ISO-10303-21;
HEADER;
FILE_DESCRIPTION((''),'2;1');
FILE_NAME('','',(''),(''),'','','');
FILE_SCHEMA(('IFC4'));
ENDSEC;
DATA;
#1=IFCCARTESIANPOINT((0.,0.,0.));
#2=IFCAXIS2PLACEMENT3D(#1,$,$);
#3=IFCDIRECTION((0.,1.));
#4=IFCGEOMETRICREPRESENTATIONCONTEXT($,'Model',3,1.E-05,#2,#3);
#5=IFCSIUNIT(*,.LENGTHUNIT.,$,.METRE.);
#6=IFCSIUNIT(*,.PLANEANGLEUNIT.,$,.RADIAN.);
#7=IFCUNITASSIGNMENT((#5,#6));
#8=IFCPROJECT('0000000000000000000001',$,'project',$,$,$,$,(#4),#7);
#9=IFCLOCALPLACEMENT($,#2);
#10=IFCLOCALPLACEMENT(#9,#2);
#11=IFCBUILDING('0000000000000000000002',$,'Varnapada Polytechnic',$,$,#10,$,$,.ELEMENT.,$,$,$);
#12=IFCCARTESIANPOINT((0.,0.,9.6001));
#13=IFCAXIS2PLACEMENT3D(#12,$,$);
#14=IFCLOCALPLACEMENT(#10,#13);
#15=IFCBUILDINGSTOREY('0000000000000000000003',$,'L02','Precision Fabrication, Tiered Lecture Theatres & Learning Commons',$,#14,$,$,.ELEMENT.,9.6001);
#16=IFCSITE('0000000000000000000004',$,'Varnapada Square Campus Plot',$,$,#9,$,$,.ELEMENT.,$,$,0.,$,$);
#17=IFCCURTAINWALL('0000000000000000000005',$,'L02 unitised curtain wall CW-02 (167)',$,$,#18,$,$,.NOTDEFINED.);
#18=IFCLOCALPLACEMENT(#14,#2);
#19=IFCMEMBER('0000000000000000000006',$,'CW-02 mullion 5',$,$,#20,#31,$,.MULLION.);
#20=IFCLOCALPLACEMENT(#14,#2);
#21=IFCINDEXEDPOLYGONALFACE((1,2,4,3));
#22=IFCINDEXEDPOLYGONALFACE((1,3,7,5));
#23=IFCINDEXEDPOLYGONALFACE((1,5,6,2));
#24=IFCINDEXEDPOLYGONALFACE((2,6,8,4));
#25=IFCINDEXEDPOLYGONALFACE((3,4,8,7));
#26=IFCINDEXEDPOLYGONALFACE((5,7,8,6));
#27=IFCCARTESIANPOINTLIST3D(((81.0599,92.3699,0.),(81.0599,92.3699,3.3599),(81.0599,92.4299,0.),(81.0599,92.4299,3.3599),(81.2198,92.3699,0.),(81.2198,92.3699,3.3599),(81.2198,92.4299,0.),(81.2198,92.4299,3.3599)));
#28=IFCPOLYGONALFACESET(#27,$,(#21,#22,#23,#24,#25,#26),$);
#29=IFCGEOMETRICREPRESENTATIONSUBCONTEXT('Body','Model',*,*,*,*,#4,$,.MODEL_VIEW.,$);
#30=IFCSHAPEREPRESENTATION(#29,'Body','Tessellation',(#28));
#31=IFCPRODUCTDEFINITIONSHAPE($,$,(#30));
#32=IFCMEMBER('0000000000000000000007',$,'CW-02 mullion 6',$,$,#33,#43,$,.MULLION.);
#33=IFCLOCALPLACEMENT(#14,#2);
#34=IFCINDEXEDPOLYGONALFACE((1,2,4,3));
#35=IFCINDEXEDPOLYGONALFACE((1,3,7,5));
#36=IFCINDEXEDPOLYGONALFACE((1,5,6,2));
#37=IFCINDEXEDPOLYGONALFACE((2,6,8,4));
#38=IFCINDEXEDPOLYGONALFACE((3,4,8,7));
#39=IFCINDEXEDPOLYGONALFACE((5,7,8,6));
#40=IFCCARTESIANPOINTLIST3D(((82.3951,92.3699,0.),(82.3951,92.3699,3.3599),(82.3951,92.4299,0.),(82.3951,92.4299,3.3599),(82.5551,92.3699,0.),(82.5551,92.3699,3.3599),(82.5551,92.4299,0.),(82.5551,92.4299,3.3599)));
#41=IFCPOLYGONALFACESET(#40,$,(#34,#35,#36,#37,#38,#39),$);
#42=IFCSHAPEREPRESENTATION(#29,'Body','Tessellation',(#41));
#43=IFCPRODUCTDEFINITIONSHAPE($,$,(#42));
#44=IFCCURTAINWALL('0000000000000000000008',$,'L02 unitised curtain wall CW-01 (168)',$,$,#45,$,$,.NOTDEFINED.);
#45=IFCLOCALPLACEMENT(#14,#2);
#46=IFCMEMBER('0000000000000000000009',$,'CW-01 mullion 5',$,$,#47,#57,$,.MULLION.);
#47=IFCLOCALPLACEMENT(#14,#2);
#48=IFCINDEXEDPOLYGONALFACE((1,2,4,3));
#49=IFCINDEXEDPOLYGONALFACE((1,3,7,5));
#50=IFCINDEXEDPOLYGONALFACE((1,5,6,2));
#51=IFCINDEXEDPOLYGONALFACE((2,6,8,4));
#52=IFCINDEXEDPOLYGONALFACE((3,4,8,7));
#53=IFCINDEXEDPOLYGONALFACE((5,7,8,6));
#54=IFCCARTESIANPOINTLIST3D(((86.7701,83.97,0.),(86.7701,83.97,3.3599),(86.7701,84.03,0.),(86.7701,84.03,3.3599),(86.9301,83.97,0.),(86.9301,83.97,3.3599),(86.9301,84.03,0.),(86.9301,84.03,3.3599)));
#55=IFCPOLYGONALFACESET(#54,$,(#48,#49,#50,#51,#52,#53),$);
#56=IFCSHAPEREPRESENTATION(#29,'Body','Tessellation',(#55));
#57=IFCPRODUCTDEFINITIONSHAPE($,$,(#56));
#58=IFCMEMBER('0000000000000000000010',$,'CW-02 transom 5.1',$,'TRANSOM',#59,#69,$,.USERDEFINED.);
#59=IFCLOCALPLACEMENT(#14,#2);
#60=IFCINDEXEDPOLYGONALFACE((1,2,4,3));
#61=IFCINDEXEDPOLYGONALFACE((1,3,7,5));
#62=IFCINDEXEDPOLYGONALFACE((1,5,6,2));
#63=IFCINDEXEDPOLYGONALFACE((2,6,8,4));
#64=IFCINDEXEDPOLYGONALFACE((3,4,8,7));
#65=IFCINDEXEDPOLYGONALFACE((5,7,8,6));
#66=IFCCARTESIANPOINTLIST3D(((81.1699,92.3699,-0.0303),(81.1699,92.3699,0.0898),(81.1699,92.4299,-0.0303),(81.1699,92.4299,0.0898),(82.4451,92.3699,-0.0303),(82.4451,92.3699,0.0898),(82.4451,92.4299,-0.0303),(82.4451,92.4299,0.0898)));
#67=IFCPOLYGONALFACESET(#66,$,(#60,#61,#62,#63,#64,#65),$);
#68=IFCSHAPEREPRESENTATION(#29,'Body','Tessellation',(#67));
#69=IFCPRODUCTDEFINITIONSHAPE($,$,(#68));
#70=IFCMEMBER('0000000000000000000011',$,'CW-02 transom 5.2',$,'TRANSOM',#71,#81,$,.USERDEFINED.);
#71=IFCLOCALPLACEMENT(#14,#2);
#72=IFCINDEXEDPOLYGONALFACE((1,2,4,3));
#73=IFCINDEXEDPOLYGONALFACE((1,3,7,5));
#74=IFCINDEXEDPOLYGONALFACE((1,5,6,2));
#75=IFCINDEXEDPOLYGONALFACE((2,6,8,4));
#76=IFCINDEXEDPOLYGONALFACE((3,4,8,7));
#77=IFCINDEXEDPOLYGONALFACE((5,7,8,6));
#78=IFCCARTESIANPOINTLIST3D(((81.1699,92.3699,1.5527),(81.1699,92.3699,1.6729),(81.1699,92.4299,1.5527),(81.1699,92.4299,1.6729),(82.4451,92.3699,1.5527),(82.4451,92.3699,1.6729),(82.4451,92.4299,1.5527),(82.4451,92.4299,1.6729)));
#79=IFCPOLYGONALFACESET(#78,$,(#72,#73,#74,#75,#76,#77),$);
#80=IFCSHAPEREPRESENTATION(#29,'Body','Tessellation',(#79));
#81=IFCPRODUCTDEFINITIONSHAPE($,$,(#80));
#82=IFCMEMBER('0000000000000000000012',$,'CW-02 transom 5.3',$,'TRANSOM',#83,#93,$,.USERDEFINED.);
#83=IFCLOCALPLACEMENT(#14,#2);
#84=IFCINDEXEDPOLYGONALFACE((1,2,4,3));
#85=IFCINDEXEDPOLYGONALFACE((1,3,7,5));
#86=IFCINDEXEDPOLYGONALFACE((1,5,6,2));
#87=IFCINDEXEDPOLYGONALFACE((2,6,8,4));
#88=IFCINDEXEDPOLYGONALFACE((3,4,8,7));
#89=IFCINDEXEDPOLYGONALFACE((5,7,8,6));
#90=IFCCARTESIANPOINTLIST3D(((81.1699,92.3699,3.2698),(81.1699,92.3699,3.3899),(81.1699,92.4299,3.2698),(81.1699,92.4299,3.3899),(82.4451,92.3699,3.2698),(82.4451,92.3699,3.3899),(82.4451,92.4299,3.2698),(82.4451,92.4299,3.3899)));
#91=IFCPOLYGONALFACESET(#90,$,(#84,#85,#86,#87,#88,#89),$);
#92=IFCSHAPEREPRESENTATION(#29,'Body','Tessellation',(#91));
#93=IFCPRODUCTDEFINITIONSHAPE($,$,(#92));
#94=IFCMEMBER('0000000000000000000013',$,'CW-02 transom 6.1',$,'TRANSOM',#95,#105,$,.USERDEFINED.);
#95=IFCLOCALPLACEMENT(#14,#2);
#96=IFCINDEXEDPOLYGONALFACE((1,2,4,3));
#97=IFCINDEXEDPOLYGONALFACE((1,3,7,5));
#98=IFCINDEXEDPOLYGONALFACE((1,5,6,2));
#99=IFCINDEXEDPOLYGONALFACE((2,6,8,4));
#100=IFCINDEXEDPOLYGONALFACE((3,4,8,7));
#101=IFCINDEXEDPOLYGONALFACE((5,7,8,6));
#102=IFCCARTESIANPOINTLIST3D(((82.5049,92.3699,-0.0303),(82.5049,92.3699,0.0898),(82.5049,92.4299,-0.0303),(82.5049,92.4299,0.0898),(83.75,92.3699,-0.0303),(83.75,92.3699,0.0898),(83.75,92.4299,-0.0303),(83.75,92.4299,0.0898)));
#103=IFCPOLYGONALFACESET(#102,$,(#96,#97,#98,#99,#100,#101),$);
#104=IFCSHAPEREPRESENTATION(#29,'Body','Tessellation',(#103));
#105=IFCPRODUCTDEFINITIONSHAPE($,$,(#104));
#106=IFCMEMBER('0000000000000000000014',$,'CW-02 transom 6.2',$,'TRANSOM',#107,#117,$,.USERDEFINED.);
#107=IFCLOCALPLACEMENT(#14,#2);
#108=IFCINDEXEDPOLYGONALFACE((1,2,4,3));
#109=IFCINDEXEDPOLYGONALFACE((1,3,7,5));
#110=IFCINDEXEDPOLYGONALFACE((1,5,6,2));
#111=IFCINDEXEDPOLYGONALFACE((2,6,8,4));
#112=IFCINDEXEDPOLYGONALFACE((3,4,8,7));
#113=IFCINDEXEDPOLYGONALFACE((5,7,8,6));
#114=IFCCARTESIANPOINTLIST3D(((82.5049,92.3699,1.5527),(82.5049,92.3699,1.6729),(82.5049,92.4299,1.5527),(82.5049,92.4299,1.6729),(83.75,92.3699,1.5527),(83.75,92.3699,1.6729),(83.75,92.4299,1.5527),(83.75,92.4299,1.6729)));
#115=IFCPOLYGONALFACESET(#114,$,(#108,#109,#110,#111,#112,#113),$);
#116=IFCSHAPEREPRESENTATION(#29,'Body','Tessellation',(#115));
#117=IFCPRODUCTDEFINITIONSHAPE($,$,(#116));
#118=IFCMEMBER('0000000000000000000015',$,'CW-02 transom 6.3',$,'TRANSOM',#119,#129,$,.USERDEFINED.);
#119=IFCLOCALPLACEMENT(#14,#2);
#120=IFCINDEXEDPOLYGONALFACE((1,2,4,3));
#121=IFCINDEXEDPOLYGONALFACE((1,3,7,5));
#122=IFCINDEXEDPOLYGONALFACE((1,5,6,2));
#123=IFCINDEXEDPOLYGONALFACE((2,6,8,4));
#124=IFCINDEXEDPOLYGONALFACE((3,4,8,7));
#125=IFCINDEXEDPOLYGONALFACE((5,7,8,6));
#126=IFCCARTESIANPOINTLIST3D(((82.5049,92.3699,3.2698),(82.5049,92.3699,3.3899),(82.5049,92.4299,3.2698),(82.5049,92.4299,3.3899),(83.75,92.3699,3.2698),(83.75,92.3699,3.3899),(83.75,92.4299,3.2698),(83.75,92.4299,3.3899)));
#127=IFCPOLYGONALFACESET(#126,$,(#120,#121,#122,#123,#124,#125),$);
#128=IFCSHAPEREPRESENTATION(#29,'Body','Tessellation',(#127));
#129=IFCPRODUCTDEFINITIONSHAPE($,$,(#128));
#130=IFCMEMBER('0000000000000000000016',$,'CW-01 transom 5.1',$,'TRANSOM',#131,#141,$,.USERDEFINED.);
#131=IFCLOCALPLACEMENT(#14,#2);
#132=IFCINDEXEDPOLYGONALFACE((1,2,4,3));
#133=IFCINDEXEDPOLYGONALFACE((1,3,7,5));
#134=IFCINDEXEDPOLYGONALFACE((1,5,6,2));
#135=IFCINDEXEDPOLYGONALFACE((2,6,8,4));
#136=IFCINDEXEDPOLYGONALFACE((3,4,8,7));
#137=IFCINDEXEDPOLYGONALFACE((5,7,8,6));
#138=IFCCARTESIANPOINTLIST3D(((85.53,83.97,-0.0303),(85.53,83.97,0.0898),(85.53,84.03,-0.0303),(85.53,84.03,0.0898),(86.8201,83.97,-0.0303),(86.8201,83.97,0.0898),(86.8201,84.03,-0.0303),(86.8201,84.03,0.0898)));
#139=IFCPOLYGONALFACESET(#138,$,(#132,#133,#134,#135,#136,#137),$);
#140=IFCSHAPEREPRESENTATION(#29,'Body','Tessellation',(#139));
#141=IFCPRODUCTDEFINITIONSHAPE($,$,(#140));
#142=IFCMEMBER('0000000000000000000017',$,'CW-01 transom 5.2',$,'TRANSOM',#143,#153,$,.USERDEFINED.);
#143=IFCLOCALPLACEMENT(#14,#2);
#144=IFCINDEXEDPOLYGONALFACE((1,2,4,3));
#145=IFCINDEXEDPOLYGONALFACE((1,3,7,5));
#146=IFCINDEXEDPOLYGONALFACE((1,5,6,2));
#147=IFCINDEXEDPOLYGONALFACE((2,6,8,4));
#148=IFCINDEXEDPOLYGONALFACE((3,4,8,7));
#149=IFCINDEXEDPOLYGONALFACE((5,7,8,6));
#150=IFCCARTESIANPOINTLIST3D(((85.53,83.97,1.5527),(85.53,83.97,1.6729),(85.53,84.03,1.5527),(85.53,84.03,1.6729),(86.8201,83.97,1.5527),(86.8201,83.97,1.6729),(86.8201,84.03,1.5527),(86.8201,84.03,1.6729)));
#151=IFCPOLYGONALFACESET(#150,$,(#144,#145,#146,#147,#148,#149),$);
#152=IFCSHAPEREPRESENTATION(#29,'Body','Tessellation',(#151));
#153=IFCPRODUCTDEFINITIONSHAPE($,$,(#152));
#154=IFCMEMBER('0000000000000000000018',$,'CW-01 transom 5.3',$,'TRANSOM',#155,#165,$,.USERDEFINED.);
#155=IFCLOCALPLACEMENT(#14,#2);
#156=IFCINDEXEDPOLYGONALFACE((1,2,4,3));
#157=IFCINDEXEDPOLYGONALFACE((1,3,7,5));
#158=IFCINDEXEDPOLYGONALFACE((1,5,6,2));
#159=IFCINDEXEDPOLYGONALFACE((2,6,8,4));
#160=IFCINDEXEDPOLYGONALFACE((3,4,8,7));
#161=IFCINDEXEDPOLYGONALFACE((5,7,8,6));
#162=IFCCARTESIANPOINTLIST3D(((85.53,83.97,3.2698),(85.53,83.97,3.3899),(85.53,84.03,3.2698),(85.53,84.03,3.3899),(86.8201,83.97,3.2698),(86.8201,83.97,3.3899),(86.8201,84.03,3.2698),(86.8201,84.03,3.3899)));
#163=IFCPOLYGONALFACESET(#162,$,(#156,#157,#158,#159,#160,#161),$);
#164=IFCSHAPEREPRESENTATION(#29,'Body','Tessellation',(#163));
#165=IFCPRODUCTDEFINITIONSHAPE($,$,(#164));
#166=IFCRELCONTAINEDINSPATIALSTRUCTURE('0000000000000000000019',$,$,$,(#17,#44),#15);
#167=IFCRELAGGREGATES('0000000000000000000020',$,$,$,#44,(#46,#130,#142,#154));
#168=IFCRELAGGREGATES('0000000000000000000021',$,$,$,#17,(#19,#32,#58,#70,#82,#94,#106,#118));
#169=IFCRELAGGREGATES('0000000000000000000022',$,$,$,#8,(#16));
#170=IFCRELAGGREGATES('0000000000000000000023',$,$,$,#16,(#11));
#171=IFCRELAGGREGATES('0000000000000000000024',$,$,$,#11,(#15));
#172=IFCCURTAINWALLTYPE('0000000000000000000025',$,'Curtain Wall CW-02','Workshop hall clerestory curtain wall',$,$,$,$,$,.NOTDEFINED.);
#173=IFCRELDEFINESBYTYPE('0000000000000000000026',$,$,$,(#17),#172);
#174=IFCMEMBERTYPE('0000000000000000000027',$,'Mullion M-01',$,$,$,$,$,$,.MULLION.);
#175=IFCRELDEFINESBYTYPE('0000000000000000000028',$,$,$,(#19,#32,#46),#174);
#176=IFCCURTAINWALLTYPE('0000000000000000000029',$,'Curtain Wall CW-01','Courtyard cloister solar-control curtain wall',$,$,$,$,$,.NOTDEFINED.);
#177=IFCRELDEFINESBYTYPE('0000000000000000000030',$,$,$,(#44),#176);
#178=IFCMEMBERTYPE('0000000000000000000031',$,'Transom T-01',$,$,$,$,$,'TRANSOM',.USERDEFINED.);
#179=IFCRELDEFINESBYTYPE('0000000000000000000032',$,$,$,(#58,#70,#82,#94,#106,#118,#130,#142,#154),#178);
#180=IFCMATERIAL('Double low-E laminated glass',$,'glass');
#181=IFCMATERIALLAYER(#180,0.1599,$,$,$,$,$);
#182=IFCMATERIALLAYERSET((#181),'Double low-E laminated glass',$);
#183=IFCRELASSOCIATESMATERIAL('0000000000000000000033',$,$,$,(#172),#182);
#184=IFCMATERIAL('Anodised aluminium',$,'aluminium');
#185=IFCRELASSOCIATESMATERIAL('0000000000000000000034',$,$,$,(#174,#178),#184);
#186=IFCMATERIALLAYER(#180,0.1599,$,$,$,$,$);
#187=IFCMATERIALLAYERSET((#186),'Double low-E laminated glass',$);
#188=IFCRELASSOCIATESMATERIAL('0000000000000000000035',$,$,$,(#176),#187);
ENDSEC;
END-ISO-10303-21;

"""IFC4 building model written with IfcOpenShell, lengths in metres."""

from ifc_helpers import new_model, si_unit, direction, frame, origin, origin_2d, place, context, subcontext, project, spatial, rectangle, extrude, material, layer, layer_set, material_profile, profile_set, type_object, element, aggregate, save


model = new_model("IFC4")

# Units and contexts
model_context = context("Model", 3, precision=1e-05, world=origin(), true_north=direction((0.0, 1.0)))
body_context = subcontext(model_context, "Body", "Model", "MODEL_VIEW")
ifc_project = project(units=[si_unit("LENGTHUNIT", "METRE"), si_unit("PLANEANGLEUNIT", "RADIAN")], contexts=[model_context])

# Site, building, storey
site_placement = place(None, origin())
site = spatial("IfcSite", under=ifc_project, at=site_placement, Name="Varnapada Square Campus Plot", CompositionType="ELEMENT", RefElevation=0.0)
building_placement = place(site_placement, origin())
building = spatial("IfcBuilding", under=site, at=building_placement, Name="Varnapada Polytechnic", CompositionType="ELEMENT")
storey_placement = place(building_placement, frame((0.0, 0.0, 9.6001)))
storey = spatial("IfcBuildingStorey", under=building, at=storey_placement, Name="L02", Description="Precision Fabrication, Tiered Lecture Theatres & Learning Commons", CompositionType="ELEMENT", Elevation=9.6001)

# Curtain wall, members
ifc_material_1 = material(Name="Double low-E laminated glass", Category="glass")
ifc_layer_1 = layer(ifc_material_1, 0.1599)
ifc_layer_set_1 = layer_set([ifc_layer_1], Name="Double low-E laminated glass")
curtain_wall_type_1 = type_object("IfcCurtainWallType", Name="Curtain Wall CW-02", Description="Workshop hall clerestory curtain wall", PredefinedType="NOTDEFINED", material=ifc_layer_set_1)
curtain_wall_1_placement = place(storey_placement, origin())
curtain_wall_1 = element("IfcCurtainWall", 1, at=curtain_wall_1_placement, inside=storey, type_object=curtain_wall_type_1, Name="L02 unitised curtain wall CW-02 (167)", PredefinedType="NOTDEFINED")
ifc_material_2 = material(Name="Anodised aluminium", Category="aluminium")
ifc_material_profile_1 = material_profile(ifc_material_2, rectangle(XDim=0.0601, YDim=0.1599, at=origin_2d()), Name="ALU M60x160")
ifc_profile_set_1 = profile_set([ifc_material_profile_1], Name="Anodised aluminium")
member_type_1 = type_object("IfcMemberType", Name="Mullion M-01", PredefinedType="MULLION", material=ifc_profile_set_1)
member_1_placement = place(storey_placement, frame((81.1399, 92.3999, 0.0), z_axis=(0.0, 0.0, 1.0), x_axis=(0.0, 1.0, 0.0)))
member_1 = element("IfcMember", 2, at=member_1_placement, type_object=member_type_1, Name="CW-02 mullion 5", PredefinedType="MULLION", context=body_context, shape_type="SweptSolid", body=[
    extrude(rectangle(XDim=0.0601, YDim=0.1599, at=origin_2d()), origin(), (0.0, 0.0, 1.0), 3.3599),
])
member_2_placement = place(storey_placement, frame((82.4751, 92.3999, 0.0), z_axis=(0.0, 0.0, 1.0), x_axis=(0.0, 1.0, 0.0)))
member_2 = element("IfcMember", 3, at=member_2_placement, type_object=member_type_1, Name="CW-02 mullion 6", PredefinedType="MULLION", context=body_context, shape_type="SweptSolid", body=[
    extrude(rectangle(XDim=0.0601, YDim=0.1599, at=origin_2d()), origin(), (0.0, 0.0, 1.0), 3.3599),
])

# Curtain wall, member
ifc_layer_2 = layer(ifc_material_1, 0.1599)
ifc_layer_set_2 = layer_set([ifc_layer_2], Name="Double low-E laminated glass")
curtain_wall_type_2 = type_object("IfcCurtainWallType", Name="Curtain Wall CW-01", Description="Courtyard cloister solar-control curtain wall", PredefinedType="NOTDEFINED", material=ifc_layer_set_2)
curtain_wall_2_placement = place(storey_placement, origin())
curtain_wall_2 = element("IfcCurtainWall", 4, at=curtain_wall_2_placement, inside=storey, type_object=curtain_wall_type_2, Name="L02 unitised curtain wall CW-01 (168)", PredefinedType="NOTDEFINED")
member_3_placement = place(storey_placement, frame((86.8501, 84.0, 0.0), z_axis=(0.0, 0.0, 1.0), x_axis=(0.0, -1.0, 0.0)))
member_3 = element("IfcMember", 5, at=member_3_placement, type_object=member_type_1, Name="CW-01 mullion 5", PredefinedType="MULLION", context=body_context, shape_type="SweptSolid", body=[
    extrude(rectangle(XDim=0.0601, YDim=0.1599, at=origin_2d()), origin(), (0.0, 0.0, 1.0), 3.3599),
])

# Members
ifc_material_profile_2 = material_profile(ifc_material_2, rectangle(XDim=0.0601, YDim=0.1201, at=origin_2d()), Name="ALU T60x120")
ifc_profile_set_2 = profile_set([ifc_material_profile_2], Name="Anodised aluminium")
member_type_2 = type_object("IfcMemberType", Name="Transom T-01", ElementType="TRANSOM", PredefinedType="USERDEFINED", material=ifc_profile_set_2)
member_4_placement = place(storey_placement, frame((81.1699, 92.3999, 0.0298), z_axis=(1.0, 0.0, 0.0), x_axis=(0.0, 1.0, 0.0)))
member_4 = element("IfcMember", 6, at=member_4_placement, type_object=member_type_2, Name="CW-02 transom 5.1", ObjectType="TRANSOM", PredefinedType="USERDEFINED", context=body_context, shape_type="SweptSolid", body=[
    extrude(rectangle(XDim=0.0601, YDim=0.1201, at=origin_2d()), origin(), (0.0, 0.0, 1.0), 1.2751),
])
member_5_placement = place(storey_placement, frame((81.1699, 92.3999, 1.6128), z_axis=(1.0, 0.0, 0.0), x_axis=(0.0, 1.0, 0.0)))
member_5 = element("IfcMember", 7, at=member_5_placement, type_object=member_type_2, Name="CW-02 transom 5.2", ObjectType="TRANSOM", PredefinedType="USERDEFINED", context=body_context, shape_type="SweptSolid", body=[
    extrude(rectangle(XDim=0.0601, YDim=0.1201, at=origin_2d()), origin(), (0.0, 0.0, 1.0), 1.2751),
])
member_6_placement = place(storey_placement, frame((81.1699, 92.3999, 3.3298), z_axis=(1.0, 0.0, 0.0), x_axis=(0.0, 1.0, 0.0)))
member_6 = element("IfcMember", 8, at=member_6_placement, type_object=member_type_2, Name="CW-02 transom 5.3", ObjectType="TRANSOM", PredefinedType="USERDEFINED", context=body_context, shape_type="SweptSolid", body=[
    extrude(rectangle(XDim=0.0601, YDim=0.1201, at=origin_2d()), origin(), (0.0, 0.0, 1.0), 1.2751),
])
member_7_placement = place(storey_placement, frame((82.5049, 92.3999, 0.0298), z_axis=(1.0, 0.0, 0.0), x_axis=(0.0, 1.0, 0.0)))
member_7 = element("IfcMember", 9, at=member_7_placement, type_object=member_type_2, Name="CW-02 transom 6.1", ObjectType="TRANSOM", PredefinedType="USERDEFINED", context=body_context, shape_type="SweptSolid", body=[
    extrude(rectangle(XDim=0.0601, YDim=0.1201, at=origin_2d()), origin(), (0.0, 0.0, 1.0), 1.2451),
])
member_8_placement = place(storey_placement, frame((82.5049, 92.3999, 1.6128), z_axis=(1.0, 0.0, 0.0), x_axis=(0.0, 1.0, 0.0)))
member_8 = element("IfcMember", 10, at=member_8_placement, type_object=member_type_2, Name="CW-02 transom 6.2", ObjectType="TRANSOM", PredefinedType="USERDEFINED", context=body_context, shape_type="SweptSolid", body=[
    extrude(rectangle(XDim=0.0601, YDim=0.1201, at=origin_2d()), origin(), (0.0, 0.0, 1.0), 1.2451),
])
member_9_placement = place(storey_placement, frame((82.5049, 92.3999, 3.3298), z_axis=(1.0, 0.0, 0.0), x_axis=(0.0, 1.0, 0.0)))
member_9 = element("IfcMember", 11, at=member_9_placement, type_object=member_type_2, Name="CW-02 transom 6.3", ObjectType="TRANSOM", PredefinedType="USERDEFINED", context=body_context, shape_type="SweptSolid", body=[
    extrude(rectangle(XDim=0.0601, YDim=0.1201, at=origin_2d()), origin(), (0.0, 0.0, 1.0), 1.2451),
])
member_10_placement = place(storey_placement, frame((86.8201, 84.0, 0.0298), z_axis=(-1.0, 0.0, 0.0), x_axis=(0.0, -1.0, 0.0)))
member_10 = element("IfcMember", 12, at=member_10_placement, type_object=member_type_2, Name="CW-01 transom 5.1", ObjectType="TRANSOM", PredefinedType="USERDEFINED", context=body_context, shape_type="SweptSolid", body=[
    extrude(rectangle(XDim=0.0601, YDim=0.1201, at=origin_2d()), origin(), (0.0, 0.0, 1.0), 1.29),
])
member_11_placement = place(storey_placement, frame((86.8201, 84.0, 1.6128), z_axis=(-1.0, 0.0, 0.0), x_axis=(0.0, -1.0, 0.0)))
member_11 = element("IfcMember", 13, at=member_11_placement, type_object=member_type_2, Name="CW-01 transom 5.2", ObjectType="TRANSOM", PredefinedType="USERDEFINED", context=body_context, shape_type="SweptSolid", body=[
    extrude(rectangle(XDim=0.0601, YDim=0.1201, at=origin_2d()), origin(), (0.0, 0.0, 1.0), 1.29),
])
member_12_placement = place(storey_placement, frame((86.8201, 84.0, 3.3298), z_axis=(-1.0, 0.0, 0.0), x_axis=(0.0, -1.0, 0.0)))
member_12 = element("IfcMember", 14, at=member_12_placement, type_object=member_type_2, Name="CW-01 transom 5.3", ObjectType="TRANSOM", PredefinedType="USERDEFINED", context=body_context, shape_type="SweptSolid", body=[
    extrude(rectangle(XDim=0.0601, YDim=0.1201, at=origin_2d()), origin(), (0.0, 0.0, 1.0), 1.29),
])
aggregate(curtain_wall_2, [member_3, member_10, member_11, member_12])

aggregate(curtain_wall_1, [member_1, member_2, member_4, member_5, member_6, member_7, member_8, member_9])

save(model, "model.ifc")
